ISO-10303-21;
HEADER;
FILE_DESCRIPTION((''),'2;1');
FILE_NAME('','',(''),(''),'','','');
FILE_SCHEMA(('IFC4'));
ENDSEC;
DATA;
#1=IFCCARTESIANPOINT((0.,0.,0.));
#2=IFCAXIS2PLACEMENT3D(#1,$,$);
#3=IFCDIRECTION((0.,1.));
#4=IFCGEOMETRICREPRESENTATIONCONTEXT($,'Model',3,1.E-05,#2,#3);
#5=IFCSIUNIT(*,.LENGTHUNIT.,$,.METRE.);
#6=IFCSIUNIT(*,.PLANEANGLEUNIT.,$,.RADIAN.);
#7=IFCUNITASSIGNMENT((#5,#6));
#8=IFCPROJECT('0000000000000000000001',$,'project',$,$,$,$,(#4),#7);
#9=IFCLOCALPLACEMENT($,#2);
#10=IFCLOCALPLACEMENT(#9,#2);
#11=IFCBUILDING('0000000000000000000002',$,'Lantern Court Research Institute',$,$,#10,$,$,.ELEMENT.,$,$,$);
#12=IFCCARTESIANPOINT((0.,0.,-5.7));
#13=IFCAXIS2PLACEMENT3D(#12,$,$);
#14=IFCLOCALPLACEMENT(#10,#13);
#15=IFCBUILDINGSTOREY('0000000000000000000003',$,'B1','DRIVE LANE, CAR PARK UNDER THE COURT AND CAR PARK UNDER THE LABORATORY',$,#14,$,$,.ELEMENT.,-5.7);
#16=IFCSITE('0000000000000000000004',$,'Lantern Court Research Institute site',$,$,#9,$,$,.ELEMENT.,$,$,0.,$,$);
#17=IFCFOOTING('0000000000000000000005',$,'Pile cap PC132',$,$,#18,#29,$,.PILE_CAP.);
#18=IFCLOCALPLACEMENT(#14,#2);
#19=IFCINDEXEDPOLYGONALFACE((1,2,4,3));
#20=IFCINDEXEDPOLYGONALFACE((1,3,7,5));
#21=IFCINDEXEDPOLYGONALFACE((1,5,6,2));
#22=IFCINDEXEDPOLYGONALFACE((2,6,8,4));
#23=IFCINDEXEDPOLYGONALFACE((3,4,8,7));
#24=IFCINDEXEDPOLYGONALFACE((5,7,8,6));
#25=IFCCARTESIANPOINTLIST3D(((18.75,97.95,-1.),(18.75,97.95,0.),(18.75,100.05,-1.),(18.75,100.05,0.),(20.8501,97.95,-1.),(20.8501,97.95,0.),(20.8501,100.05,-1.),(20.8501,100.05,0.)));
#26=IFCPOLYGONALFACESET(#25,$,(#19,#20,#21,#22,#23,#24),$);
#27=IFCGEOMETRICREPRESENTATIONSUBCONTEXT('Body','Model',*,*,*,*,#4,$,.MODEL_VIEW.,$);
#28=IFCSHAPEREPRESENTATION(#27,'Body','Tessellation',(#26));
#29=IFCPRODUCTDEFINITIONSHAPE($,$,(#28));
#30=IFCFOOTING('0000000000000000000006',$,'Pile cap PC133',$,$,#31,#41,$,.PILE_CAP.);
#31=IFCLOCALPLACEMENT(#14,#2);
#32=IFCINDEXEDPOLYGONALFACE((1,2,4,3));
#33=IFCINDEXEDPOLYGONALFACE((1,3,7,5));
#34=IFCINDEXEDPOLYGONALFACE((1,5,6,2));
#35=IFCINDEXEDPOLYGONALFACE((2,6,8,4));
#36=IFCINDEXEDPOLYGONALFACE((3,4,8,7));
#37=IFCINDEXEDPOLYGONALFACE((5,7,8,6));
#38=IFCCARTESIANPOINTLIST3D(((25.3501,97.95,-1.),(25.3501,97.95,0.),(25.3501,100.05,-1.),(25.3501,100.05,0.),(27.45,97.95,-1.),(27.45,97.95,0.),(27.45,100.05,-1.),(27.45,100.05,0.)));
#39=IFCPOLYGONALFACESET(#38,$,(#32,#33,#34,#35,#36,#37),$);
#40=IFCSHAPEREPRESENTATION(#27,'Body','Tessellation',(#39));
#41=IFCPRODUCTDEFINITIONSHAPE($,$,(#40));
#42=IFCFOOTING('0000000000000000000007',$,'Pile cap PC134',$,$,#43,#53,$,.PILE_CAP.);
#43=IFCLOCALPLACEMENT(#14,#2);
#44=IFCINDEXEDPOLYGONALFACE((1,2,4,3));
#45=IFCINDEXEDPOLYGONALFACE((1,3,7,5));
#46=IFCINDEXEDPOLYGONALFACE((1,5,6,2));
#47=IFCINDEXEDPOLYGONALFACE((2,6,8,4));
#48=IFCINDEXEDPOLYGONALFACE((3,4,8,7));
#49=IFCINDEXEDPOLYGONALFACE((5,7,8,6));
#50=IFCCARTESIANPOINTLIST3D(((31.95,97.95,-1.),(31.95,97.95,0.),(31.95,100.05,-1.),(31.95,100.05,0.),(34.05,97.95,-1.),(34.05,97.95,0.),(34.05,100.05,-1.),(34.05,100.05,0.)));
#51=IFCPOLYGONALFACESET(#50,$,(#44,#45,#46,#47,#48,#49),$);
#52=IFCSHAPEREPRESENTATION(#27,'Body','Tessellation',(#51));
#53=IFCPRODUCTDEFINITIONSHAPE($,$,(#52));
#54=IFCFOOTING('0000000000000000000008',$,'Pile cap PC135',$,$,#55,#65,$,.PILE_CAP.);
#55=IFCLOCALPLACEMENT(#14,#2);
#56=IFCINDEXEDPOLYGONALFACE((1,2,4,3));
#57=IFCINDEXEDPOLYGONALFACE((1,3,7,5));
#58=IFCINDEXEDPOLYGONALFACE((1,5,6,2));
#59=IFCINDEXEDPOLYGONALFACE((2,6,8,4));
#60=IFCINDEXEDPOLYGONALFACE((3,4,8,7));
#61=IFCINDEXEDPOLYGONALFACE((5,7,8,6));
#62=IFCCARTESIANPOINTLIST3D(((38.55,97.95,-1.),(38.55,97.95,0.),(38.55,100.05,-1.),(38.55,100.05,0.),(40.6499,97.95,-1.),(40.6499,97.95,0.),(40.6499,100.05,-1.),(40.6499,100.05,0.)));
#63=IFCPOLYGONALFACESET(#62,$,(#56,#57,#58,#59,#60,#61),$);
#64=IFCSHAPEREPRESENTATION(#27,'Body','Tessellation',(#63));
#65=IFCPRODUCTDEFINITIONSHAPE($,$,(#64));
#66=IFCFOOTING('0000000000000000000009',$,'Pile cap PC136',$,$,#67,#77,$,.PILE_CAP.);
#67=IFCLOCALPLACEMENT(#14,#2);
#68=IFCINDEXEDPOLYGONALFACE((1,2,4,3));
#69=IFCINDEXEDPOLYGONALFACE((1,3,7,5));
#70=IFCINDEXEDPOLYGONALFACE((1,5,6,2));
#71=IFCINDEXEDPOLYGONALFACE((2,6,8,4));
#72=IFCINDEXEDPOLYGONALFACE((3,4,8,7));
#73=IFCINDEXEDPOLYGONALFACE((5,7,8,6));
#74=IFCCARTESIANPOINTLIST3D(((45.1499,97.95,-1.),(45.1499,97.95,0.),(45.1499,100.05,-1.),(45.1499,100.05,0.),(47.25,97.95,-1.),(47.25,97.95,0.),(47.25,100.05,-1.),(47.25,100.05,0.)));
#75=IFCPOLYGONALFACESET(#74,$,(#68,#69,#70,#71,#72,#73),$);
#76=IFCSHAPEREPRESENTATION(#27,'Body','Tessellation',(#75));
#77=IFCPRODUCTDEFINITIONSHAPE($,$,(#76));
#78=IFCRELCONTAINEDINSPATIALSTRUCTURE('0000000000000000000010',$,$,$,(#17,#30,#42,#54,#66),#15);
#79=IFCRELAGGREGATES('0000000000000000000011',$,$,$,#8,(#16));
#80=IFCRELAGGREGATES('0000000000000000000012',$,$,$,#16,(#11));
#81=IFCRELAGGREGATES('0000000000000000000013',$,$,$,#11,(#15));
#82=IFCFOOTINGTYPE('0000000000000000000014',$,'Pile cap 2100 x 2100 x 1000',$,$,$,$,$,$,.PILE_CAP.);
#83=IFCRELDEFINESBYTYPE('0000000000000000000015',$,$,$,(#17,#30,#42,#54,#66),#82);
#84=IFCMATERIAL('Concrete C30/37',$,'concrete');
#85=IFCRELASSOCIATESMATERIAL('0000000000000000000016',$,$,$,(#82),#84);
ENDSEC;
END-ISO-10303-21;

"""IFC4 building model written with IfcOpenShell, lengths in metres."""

from ifc_helpers import new_model, si_unit, direction, frame, origin, place, context, subcontext, project, spatial, polyline, outline, extrude, material, type_object, element, save


model = new_model("IFC4")

# Units and contexts
model_context = context("Model", 3, precision=1e-05, world=origin(), true_north=direction((0.0, 1.0)))
body_context = subcontext(model_context, "Body", "Model", "MODEL_VIEW")
ifc_project = project(units=[si_unit("LENGTHUNIT", "METRE"), si_unit("PLANEANGLEUNIT", "RADIAN")], contexts=[model_context])

# Site, building, storey
site_placement = place(None, origin())
site = spatial("IfcSite", under=ifc_project, at=site_placement, Name="Lantern Court Research Institute site", CompositionType="ELEMENT", RefElevation=0.0)
building_placement = place(site_placement, origin())
building = spatial("IfcBuilding", under=site, at=building_placement, Name="Lantern Court Research Institute", CompositionType="ELEMENT")
storey_placement = place(building_placement, frame((0.0, 0.0, -5.7)))
storey = spatial("IfcBuildingStorey", under=building, at=storey_placement, Name="B1", Description="DRIVE LANE, CAR PARK UNDER THE COURT AND CAR PARK UNDER THE LABORATORY", CompositionType="ELEMENT", Elevation=-5.7)

# Footings
ifc_material = material(Name="Concrete C30/37", Category="concrete")
footing_type = type_object("IfcFootingType", Name="Pile cap 2100 x 2100 x 1000", PredefinedType="PILE_CAP", material=ifc_material)
footing_1_placement = place(storey_placement, frame((0.0, 0.0, -1.0)))
element("IfcFooting", 1, at=footing_1_placement, inside=storey, type_object=footing_type, Name="Pile cap PC132", PredefinedType="PILE_CAP", context=body_context, shape_type="SweptSolid", body=[
    extrude(outline(polyline([(18.75, 97.95), (20.8501, 97.95), (20.8501, 100.05), (18.75, 100.05), (18.75, 97.95)])), origin(), (0.0, 0.0, 1.0), 1.0),
])
footing_2_placement = place(storey_placement, frame((0.0, 0.0, -1.0)))
element("IfcFooting", 2, at=footing_2_placement, inside=storey, type_object=footing_type, Name="Pile cap PC133", PredefinedType="PILE_CAP", context=body_context, shape_type="SweptSolid", body=[
    extrude(outline(polyline([(25.3501, 97.95), (27.45, 97.95), (27.45, 100.05), (25.3501, 100.05), (25.3501, 97.95)])), origin(), (0.0, 0.0, 1.0), 1.0),
])
footing_3_placement = place(storey_placement, frame((0.0, 0.0, -1.0)))
element("IfcFooting", 3, at=footing_3_placement, inside=storey, type_object=footing_type, Name="Pile cap PC134", PredefinedType="PILE_CAP", context=body_context, shape_type="SweptSolid", body=[
    extrude(outline(polyline([(31.95, 97.95), (34.05, 97.95), (34.05, 100.05), (31.95, 100.05), (31.95, 97.95)])), origin(), (0.0, 0.0, 1.0), 1.0),
])
footing_4_placement = place(storey_placement, frame((0.0, 0.0, -1.0)))
element("IfcFooting", 4, at=footing_4_placement, inside=storey, type_object=footing_type, Name="Pile cap PC135", PredefinedType="PILE_CAP", context=body_context, shape_type="SweptSolid", body=[
    extrude(outline(polyline([(38.55, 97.95), (40.6499, 97.95), (40.6499, 100.05), (38.55, 100.05), (38.55, 97.95)])), origin(), (0.0, 0.0, 1.0), 1.0),
])
footing_5_placement = place(storey_placement, frame((0.0, 0.0, -1.0)))
element("IfcFooting", 5, at=footing_5_placement, inside=storey, type_object=footing_type, Name="Pile cap PC136", PredefinedType="PILE_CAP", context=body_context, shape_type="SweptSolid", body=[
    extrude(outline(polyline([(45.1499, 97.95), (47.25, 97.95), (47.25, 100.05), (45.1499, 100.05), (45.1499, 97.95)])), origin(), (0.0, 0.0, 1.0), 1.0),
])

save(model, "model.ifc")
